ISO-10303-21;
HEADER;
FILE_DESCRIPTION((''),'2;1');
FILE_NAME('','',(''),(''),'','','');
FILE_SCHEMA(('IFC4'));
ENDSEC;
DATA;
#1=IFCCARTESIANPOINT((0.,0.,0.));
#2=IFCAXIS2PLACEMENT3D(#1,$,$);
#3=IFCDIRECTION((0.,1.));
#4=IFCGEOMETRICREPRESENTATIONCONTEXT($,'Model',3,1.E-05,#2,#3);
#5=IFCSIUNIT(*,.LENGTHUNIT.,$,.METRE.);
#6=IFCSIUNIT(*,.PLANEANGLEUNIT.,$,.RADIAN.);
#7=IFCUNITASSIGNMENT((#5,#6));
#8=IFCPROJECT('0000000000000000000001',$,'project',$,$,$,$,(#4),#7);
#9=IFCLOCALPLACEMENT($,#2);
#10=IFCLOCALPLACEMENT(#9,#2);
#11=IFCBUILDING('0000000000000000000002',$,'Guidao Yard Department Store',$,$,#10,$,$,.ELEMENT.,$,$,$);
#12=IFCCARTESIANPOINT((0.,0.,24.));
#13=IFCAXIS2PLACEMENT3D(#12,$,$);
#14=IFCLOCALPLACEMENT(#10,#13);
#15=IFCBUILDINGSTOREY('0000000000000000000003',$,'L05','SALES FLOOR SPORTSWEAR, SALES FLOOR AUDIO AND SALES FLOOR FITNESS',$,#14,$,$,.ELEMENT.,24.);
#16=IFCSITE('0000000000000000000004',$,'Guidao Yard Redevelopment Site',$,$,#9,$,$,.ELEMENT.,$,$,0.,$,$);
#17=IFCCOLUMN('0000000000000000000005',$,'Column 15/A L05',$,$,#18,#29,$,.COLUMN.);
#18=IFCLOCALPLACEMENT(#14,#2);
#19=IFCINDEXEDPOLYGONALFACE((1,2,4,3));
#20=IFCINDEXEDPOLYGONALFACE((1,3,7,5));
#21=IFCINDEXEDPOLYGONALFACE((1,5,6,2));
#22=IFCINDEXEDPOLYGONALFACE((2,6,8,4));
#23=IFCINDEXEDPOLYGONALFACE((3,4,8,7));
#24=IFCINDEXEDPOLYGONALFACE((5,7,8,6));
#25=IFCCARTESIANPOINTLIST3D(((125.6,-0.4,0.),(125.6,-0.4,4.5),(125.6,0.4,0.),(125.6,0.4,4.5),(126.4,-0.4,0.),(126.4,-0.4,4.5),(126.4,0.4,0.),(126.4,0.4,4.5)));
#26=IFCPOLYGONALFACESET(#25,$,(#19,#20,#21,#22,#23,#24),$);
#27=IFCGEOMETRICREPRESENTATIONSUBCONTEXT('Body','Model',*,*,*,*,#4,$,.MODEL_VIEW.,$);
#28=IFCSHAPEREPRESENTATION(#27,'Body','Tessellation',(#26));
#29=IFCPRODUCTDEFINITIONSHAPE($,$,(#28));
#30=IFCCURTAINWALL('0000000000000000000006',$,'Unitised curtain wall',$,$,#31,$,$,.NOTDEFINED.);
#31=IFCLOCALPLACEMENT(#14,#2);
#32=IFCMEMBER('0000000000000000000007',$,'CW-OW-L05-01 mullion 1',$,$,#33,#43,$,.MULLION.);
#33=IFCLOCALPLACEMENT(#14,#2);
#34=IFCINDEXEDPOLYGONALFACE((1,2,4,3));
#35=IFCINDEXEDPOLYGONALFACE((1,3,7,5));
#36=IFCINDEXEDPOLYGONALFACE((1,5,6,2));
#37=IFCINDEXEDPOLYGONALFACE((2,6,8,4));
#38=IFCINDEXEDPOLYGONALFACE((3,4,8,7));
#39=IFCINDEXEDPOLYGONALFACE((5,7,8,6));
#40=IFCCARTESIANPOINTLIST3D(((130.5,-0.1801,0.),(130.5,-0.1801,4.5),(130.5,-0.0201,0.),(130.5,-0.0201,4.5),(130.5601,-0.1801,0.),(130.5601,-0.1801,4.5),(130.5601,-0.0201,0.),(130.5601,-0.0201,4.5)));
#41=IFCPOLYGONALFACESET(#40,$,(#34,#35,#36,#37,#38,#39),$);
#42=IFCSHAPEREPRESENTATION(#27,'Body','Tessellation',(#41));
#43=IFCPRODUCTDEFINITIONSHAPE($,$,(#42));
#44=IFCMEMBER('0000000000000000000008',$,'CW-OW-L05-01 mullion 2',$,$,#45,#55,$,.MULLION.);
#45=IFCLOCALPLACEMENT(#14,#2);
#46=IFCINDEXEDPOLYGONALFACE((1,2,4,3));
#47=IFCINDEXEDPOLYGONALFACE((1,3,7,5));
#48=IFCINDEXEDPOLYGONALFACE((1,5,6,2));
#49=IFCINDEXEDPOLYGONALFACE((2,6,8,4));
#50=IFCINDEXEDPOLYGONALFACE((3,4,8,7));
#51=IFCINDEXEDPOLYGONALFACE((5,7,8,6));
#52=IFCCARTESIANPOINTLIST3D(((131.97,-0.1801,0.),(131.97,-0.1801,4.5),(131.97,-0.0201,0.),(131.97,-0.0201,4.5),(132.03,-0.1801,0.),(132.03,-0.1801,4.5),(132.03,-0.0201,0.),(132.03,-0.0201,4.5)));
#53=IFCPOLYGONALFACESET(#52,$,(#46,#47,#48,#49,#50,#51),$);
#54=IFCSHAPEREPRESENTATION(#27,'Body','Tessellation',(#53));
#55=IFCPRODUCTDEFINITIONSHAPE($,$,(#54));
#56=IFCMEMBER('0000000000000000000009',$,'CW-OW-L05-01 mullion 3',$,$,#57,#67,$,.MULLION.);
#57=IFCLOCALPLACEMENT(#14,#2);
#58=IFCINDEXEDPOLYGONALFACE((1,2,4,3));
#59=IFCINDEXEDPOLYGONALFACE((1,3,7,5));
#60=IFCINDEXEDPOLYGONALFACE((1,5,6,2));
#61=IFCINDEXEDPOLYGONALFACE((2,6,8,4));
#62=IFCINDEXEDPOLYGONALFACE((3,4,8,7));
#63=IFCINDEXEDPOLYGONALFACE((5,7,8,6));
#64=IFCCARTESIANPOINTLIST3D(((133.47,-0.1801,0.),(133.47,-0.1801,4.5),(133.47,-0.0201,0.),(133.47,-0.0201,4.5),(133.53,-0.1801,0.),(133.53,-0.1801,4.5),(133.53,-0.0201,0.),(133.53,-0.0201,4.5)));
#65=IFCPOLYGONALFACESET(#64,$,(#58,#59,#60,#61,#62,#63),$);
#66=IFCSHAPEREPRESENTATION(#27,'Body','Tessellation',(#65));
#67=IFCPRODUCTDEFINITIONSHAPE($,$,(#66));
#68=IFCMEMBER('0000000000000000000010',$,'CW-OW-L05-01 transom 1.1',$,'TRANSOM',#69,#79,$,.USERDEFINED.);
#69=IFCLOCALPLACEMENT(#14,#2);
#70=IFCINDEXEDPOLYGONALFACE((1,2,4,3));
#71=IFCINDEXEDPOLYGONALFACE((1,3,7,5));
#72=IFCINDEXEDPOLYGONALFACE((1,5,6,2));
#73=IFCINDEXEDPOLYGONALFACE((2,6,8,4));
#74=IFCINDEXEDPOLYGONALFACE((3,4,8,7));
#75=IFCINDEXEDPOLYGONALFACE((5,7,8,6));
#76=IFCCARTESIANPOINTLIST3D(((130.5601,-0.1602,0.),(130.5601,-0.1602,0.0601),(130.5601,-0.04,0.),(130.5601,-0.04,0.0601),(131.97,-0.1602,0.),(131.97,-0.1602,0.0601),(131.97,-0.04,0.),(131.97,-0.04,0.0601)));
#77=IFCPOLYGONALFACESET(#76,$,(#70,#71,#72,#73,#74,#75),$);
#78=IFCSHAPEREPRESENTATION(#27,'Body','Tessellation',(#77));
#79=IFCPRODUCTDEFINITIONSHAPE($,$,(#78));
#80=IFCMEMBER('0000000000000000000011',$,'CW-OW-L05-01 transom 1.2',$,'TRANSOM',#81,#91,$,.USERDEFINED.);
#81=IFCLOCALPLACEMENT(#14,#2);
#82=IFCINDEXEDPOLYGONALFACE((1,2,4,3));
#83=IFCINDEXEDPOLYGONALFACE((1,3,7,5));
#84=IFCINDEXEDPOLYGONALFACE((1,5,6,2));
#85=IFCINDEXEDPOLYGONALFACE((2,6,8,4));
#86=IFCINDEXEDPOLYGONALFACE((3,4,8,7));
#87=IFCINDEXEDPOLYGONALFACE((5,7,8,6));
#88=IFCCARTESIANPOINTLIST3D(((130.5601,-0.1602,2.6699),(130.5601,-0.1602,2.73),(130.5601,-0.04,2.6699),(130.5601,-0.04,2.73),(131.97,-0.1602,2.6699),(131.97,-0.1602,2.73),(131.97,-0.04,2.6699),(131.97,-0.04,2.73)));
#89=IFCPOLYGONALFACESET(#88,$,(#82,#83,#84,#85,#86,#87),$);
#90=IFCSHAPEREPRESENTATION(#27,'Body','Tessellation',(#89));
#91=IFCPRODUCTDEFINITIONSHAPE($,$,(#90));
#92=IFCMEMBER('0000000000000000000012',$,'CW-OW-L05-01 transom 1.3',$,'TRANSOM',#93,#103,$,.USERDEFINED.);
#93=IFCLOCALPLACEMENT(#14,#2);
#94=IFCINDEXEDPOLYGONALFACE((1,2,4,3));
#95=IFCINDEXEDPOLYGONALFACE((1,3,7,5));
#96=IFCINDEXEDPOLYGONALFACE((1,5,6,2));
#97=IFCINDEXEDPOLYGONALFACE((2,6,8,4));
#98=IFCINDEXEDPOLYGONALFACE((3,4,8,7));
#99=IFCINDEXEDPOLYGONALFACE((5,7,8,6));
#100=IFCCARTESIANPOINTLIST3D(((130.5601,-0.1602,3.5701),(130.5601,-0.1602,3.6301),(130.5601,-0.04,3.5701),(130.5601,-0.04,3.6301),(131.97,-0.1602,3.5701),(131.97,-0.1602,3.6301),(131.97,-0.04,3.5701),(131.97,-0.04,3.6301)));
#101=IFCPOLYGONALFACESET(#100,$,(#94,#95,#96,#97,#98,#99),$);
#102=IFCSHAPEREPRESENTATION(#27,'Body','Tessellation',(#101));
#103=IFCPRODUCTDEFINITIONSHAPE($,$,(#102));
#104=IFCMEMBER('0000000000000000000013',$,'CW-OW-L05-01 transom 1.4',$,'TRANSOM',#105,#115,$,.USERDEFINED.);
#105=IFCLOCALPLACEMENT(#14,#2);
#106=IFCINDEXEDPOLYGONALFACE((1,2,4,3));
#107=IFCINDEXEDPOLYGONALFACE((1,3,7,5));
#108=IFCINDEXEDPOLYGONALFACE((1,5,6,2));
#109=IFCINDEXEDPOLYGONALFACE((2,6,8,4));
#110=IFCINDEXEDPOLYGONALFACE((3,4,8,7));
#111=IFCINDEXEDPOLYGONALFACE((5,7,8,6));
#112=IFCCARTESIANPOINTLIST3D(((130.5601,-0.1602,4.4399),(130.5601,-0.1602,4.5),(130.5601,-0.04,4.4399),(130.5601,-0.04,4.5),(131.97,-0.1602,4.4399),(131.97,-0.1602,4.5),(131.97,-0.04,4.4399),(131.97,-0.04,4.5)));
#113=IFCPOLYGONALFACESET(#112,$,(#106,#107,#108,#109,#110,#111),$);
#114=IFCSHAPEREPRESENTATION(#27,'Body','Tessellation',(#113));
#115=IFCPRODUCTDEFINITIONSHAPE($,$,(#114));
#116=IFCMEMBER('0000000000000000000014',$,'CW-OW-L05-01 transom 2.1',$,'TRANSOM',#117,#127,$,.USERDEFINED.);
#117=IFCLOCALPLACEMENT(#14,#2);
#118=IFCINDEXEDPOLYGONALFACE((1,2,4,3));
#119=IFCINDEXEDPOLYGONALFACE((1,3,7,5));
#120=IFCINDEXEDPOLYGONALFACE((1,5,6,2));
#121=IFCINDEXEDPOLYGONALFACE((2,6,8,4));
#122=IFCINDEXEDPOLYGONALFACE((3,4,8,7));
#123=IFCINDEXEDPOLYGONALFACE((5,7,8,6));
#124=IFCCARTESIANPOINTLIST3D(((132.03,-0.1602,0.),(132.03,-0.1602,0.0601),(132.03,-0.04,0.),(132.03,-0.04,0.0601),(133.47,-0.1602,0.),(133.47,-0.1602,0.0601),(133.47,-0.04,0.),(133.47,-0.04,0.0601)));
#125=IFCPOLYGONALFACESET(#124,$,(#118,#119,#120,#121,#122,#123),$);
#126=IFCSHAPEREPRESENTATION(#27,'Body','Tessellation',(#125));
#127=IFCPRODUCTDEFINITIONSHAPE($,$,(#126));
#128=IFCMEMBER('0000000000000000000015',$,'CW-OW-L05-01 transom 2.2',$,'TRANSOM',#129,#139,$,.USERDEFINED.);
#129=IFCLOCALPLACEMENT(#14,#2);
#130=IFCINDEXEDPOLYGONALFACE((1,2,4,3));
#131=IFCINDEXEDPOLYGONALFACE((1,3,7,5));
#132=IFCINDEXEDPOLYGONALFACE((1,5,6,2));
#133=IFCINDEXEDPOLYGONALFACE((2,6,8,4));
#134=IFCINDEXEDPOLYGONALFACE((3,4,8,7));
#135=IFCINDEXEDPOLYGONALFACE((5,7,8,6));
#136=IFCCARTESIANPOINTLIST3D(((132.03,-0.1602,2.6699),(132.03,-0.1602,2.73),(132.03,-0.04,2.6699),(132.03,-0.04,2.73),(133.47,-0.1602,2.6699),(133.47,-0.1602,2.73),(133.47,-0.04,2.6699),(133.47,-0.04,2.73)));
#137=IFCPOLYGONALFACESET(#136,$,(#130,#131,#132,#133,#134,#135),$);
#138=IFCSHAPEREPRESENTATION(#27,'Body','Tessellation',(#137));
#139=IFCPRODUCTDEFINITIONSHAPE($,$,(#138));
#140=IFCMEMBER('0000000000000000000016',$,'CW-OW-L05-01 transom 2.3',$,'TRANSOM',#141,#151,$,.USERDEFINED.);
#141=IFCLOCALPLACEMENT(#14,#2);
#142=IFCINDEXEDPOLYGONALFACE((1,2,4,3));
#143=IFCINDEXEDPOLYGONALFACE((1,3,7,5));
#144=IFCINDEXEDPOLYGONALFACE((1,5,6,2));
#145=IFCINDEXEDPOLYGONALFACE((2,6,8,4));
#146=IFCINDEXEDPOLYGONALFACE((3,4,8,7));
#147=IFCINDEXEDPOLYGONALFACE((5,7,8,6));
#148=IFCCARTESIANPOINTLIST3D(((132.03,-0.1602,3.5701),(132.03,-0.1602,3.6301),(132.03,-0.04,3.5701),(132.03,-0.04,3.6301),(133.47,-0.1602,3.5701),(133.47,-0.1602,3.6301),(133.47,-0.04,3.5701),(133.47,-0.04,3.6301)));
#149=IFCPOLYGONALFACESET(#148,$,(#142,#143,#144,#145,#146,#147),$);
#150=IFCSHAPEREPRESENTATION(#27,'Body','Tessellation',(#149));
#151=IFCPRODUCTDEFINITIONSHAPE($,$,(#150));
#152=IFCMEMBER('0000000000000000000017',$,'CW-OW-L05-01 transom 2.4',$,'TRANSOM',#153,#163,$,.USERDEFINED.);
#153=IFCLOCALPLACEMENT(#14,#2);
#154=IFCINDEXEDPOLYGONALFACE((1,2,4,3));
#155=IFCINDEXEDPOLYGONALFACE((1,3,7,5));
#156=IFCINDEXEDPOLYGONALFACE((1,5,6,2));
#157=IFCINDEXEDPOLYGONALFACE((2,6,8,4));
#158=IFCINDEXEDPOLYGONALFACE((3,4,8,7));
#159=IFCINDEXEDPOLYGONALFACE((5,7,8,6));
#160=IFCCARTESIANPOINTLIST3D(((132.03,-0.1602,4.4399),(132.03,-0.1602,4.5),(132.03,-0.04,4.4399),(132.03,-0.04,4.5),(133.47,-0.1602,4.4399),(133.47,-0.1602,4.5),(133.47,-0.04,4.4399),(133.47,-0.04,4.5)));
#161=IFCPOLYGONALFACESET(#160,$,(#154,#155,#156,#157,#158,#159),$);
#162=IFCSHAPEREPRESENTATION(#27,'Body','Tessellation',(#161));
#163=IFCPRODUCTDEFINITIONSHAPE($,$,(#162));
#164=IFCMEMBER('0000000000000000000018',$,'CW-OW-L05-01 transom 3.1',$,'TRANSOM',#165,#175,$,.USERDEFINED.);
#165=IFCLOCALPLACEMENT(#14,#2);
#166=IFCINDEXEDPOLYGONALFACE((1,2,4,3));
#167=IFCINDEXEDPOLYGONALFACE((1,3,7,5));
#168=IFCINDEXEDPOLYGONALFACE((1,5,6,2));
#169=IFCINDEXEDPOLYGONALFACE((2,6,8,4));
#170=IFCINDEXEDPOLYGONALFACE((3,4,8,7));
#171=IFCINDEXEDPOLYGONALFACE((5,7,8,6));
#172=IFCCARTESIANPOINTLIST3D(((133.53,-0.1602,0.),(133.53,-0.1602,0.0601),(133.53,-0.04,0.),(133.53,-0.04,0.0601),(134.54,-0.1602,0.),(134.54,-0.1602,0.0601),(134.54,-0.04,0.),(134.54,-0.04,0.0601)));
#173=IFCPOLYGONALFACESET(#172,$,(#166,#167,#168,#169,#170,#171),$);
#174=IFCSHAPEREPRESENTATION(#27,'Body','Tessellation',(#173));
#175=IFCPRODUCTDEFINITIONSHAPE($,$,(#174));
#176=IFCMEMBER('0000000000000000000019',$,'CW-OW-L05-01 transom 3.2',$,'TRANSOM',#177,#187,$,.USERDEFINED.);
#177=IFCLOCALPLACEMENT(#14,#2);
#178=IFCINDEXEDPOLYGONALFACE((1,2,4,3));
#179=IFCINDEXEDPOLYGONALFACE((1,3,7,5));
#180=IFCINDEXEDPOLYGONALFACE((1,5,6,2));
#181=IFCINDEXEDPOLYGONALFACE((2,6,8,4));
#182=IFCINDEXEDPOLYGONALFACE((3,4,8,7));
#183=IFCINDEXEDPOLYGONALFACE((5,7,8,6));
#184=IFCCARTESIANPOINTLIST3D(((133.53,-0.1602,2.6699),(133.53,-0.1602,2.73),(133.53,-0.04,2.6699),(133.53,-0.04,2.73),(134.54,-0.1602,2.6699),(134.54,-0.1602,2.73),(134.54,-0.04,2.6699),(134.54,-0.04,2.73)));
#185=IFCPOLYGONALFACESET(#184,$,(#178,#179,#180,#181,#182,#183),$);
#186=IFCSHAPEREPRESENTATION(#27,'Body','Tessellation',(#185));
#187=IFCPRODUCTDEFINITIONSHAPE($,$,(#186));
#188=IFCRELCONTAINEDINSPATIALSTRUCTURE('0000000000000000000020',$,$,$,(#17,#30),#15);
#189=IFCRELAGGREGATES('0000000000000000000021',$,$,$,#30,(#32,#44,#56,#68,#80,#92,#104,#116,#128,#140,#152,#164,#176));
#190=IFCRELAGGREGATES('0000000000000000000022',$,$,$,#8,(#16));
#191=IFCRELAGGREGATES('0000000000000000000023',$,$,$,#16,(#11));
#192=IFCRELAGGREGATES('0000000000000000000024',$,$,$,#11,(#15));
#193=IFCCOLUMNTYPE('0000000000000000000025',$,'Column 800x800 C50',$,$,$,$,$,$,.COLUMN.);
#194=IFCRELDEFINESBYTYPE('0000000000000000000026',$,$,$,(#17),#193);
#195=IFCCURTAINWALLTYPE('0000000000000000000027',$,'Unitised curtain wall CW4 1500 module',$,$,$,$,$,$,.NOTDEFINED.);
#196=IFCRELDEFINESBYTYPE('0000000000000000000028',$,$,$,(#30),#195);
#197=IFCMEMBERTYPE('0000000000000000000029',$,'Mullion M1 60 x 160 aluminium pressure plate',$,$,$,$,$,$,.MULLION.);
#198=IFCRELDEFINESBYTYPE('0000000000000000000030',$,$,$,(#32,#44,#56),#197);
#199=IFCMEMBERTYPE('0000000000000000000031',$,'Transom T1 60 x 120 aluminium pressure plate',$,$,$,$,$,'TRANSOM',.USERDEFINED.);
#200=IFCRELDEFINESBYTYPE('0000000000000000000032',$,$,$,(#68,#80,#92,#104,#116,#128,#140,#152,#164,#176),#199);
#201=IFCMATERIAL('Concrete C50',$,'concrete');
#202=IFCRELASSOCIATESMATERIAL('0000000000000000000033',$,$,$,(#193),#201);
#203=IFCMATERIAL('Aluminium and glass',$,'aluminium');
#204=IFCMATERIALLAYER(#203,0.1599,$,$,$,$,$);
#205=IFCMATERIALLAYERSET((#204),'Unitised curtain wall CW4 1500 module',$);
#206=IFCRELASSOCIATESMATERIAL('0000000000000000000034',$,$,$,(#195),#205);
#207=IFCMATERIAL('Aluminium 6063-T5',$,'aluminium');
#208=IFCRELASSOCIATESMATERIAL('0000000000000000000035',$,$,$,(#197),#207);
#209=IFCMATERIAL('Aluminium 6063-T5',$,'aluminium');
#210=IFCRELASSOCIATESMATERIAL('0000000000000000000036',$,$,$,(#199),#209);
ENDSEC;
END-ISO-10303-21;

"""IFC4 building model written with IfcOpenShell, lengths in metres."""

from ifc_helpers import new_model, si_unit, direction, frame, origin, origin_2d, place, context, subcontext, project, spatial, rectangle, extrude, material, layer, layer_set, material_profile, profile_set, type_object, element, aggregate, save


model = new_model("IFC4")

# Units and contexts
model_context = context("Model", 3, precision=1e-05, world=origin(), true_north=direction((0.0, 1.0)))
body_context = subcontext(model_context, "Body", "Model", "MODEL_VIEW")
ifc_project = project(units=[si_unit("LENGTHUNIT", "METRE"), si_unit("PLANEANGLEUNIT", "RADIAN")], contexts=[model_context])

# Site, building, storey
site_placement = place(None, origin())
site = spatial("IfcSite", under=ifc_project, at=site_placement, Name="Guidao Yard Redevelopment Site", CompositionType="ELEMENT", RefElevation=0.0)
building_placement = place(site_placement, origin())
building = spatial("IfcBuilding", under=site, at=building_placement, Name="Guidao Yard Department Store", CompositionType="ELEMENT")
storey_placement = place(building_placement, frame((0.0, 0.0, 24.0)))
storey = spatial("IfcBuildingStorey", under=building, at=storey_placement, Name="L05", Description="SALES FLOOR SPORTSWEAR, SALES FLOOR AUDIO AND SALES FLOOR FITNESS", CompositionType="ELEMENT", Elevation=24.0)

# Column
ifc_material_1 = material(Name="Concrete C50", Category="concrete")
ifc_material_profile_1 = material_profile(ifc_material_1, rectangle(XDim=0.8, YDim=0.8, at=origin_2d()), Name="COL 800x800")
ifc_profile_set_1 = profile_set([ifc_material_profile_1], Name="Concrete C50")
column_type = type_object("IfcColumnType", Name="Column 800x800 C50", PredefinedType="COLUMN", material=ifc_profile_set_1)
column_placement = place(storey_placement, frame((126.0, 0.0, 0.0), z_axis=(0.0, 0.0, 1.0), x_axis=(1.0, 0.0, 0.0)))
element("IfcColumn", 1, at=column_placement, inside=storey, type_object=column_type, Name="Column 15/A L05", PredefinedType="COLUMN", context=body_context, shape_type="SweptSolid", body=[
    extrude(rectangle(XDim=0.8, YDim=0.8, at=origin_2d()), origin(), (0.0, 0.0, 1.0), 4.5),
])

# Curtain wall, members
ifc_material_2 = material(Name="Aluminium and glass", Category="aluminium")
ifc_layer_1 = layer(ifc_material_2, 0.1599)
ifc_layer_set_1 = layer_set([ifc_layer_1], Name="Unitised curtain wall CW4 1500 module")
curtain_wall_type = type_object("IfcCurtainWallType", Name="Unitised curtain wall CW4 1500 module", PredefinedType="NOTDEFINED", material=ifc_layer_set_1)
curtain_wall_placement = place(storey_placement, origin())
curtain_wall = element("IfcCurtainWall", 2, at=curtain_wall_placement, inside=storey, type_object=curtain_wall_type, Name="Unitised curtain wall", PredefinedType="NOTDEFINED")
ifc_material_3 = material(Name="Aluminium 6063-T5", Category="aluminium")
ifc_material_profile_2 = material_profile(ifc_material_3, rectangle(XDim=0.0601, YDim=0.1599, at=origin_2d()), Name="Mullion M1 60 x 160 aluminium pressure plate")
ifc_profile_set_2 = profile_set([ifc_material_profile_2], Name="Aluminium 6063-T5")
member_type_1 = type_object("IfcMemberType", Name="Mullion M1 60 x 160 aluminium pressure plate", PredefinedType="MULLION", material=ifc_profile_set_2)
member_1_placement = place(storey_placement, frame((130.53, -0.1001, 0.0), z_axis=(0.0, 0.0, 1.0), x_axis=(-1.0, 0.0, 0.0)))
member_1 = element("IfcMember", 3, at=member_1_placement, type_object=member_type_1, Name="CW-OW-L05-01 mullion 1", PredefinedType="MULLION", context=body_context, shape_type="SweptSolid", body=[
    extrude(rectangle(XDim=0.0601, YDim=0.1599, at=origin_2d()), origin(), (0.0, 0.0, 1.0), 4.5),
])
member_2_placement = place(storey_placement, frame((132.0, -0.1001, 0.0), z_axis=(0.0, 0.0, 1.0), x_axis=(-1.0, 0.0, 0.0)))
member_2 = element("IfcMember", 4, at=member_2_placement, type_object=member_type_1, Name="CW-OW-L05-01 mullion 2", PredefinedType="MULLION", context=body_context, shape_type="SweptSolid", body=[
    extrude(rectangle(XDim=0.0601, YDim=0.1599, at=origin_2d()), origin(), (0.0, 0.0, 1.0), 4.5),
])
member_3_placement = place(storey_placement, frame((133.5, -0.1001, 0.0), z_axis=(0.0, 0.0, 1.0), x_axis=(-1.0, 0.0, 0.0)))
member_3 = element("IfcMember", 5, at=member_3_placement, type_object=member_type_1, Name="CW-OW-L05-01 mullion 3", PredefinedType="MULLION", context=body_context, shape_type="SweptSolid", body=[
    extrude(rectangle(XDim=0.0601, YDim=0.1599, at=origin_2d()), origin(), (0.0, 0.0, 1.0), 4.5),
])
ifc_material_4 = material(Name="Aluminium 6063-T5", Category="aluminium")
ifc_material_profile_3 = material_profile(ifc_material_4, rectangle(XDim=0.1201, YDim=0.0601, at=origin_2d()), Name="Transom T1 60 x 120 aluminium pressure plate")
ifc_profile_set_3 = profile_set([ifc_material_profile_3], Name="Aluminium 6063-T5")
member_type_2 = type_object("IfcMemberType", Name="Transom T1 60 x 120 aluminium pressure plate", ElementType="TRANSOM", PredefinedType="USERDEFINED", material=ifc_profile_set_3)
member_4_placement = place(storey_placement, frame((131.97, -0.1001, 0.03), z_axis=(-1.0, 0.0, 0.0), x_axis=(0.0, -1.0, 0.0)))
member_4 = element("IfcMember", 6, at=member_4_placement, type_object=member_type_2, Name="CW-OW-L05-01 transom 1.1", ObjectType="TRANSOM", PredefinedType="USERDEFINED", context=body_context, shape_type="SweptSolid", body=[
    extrude(rectangle(XDim=0.1201, YDim=0.0601, at=origin_2d()), origin(), (0.0, 0.0, 1.0), 1.4099),
])
member_5_placement = place(storey_placement, frame((131.97, -0.1001, 2.7), z_axis=(-1.0, 0.0, 0.0), x_axis=(0.0, -1.0, 0.0)))
member_5 = element("IfcMember", 7, at=member_5_placement, type_object=member_type_2, Name="CW-OW-L05-01 transom 1.2", ObjectType="TRANSOM", PredefinedType="USERDEFINED", context=body_context, shape_type="SweptSolid", body=[
    extrude(rectangle(XDim=0.1201, YDim=0.0601, at=origin_2d()), origin(), (0.0, 0.0, 1.0), 1.4099),
])
member_6_placement = place(storey_placement, frame((131.97, -0.1001, 3.6001), z_axis=(-1.0, 0.0, 0.0), x_axis=(0.0, -1.0, 0.0)))
member_6 = element("IfcMember", 8, at=member_6_placement, type_object=member_type_2, Name="CW-OW-L05-01 transom 1.3", ObjectType="TRANSOM", PredefinedType="USERDEFINED", context=body_context, shape_type="SweptSolid", body=[
    extrude(rectangle(XDim=0.1201, YDim=0.0601, at=origin_2d()), origin(), (0.0, 0.0, 1.0), 1.4099),
])
member_7_placement = place(storey_placement, frame((131.97, -0.1001, 4.47), z_axis=(-1.0, 0.0, 0.0), x_axis=(0.0, -1.0, 0.0)))
member_7 = element("IfcMember", 9, at=member_7_placement, type_object=member_type_2, Name="CW-OW-L05-01 transom 1.4", ObjectType="TRANSOM", PredefinedType="USERDEFINED", context=body_context, shape_type="SweptSolid", body=[
    extrude(rectangle(XDim=0.1201, YDim=0.0601, at=origin_2d()), origin(), (0.0, 0.0, 1.0), 1.4099),
])
member_8_placement = place(storey_placement, frame((133.47, -0.1001, 0.03), z_axis=(-1.0, 0.0, 0.0), x_axis=(0.0, -1.0, 0.0)))
member_8 = element("IfcMember", 10, at=member_8_placement, type_object=member_type_2, Name="CW-OW-L05-01 transom 2.1", ObjectType="TRANSOM", PredefinedType="USERDEFINED", context=body_context, shape_type="SweptSolid", body=[
    extrude(rectangle(XDim=0.1201, YDim=0.0601, at=origin_2d()), origin(), (0.0, 0.0, 1.0), 1.4399),
])
member_9_placement = place(storey_placement, frame((133.47, -0.1001, 2.7), z_axis=(-1.0, 0.0, 0.0), x_axis=(0.0, -1.0, 0.0)))
member_9 = element("IfcMember", 11, at=member_9_placement, type_object=member_type_2, Name="CW-OW-L05-01 transom 2.2", ObjectType="TRANSOM", PredefinedType="USERDEFINED", context=body_context, shape_type="SweptSolid", body=[
    extrude(rectangle(XDim=0.1201, YDim=0.0601, at=origin_2d()), origin(), (0.0, 0.0, 1.0), 1.4399),
])
member_10_placement = place(storey_placement, frame((133.47, -0.1001, 3.6001), z_axis=(-1.0, 0.0, 0.0), x_axis=(0.0, -1.0, 0.0)))
member_10 = element("IfcMember", 12, at=member_10_placement, type_object=member_type_2, Name="CW-OW-L05-01 transom 2.3", ObjectType="TRANSOM", PredefinedType="USERDEFINED", context=body_context, shape_type="SweptSolid", body=[
    extrude(rectangle(XDim=0.1201, YDim=0.0601, at=origin_2d()), origin(), (0.0, 0.0, 1.0), 1.4399),
])
member_11_placement = place(storey_placement, frame((133.47, -0.1001, 4.47), z_axis=(-1.0, 0.0, 0.0), x_axis=(0.0, -1.0, 0.0)))
member_11 = element("IfcMember", 13, at=member_11_placement, type_object=member_type_2, Name="CW-OW-L05-01 transom 2.4", ObjectType="TRANSOM", PredefinedType="USERDEFINED", context=body_context, shape_type="SweptSolid", body=[
    extrude(rectangle(XDim=0.1201, YDim=0.0601, at=origin_2d()), origin(), (0.0, 0.0, 1.0), 1.4399),
])
member_12_placement = place(storey_placement, frame((134.54, -0.1001, 0.03), z_axis=(-1.0, 0.0, 0.0), x_axis=(0.0, -1.0, 0.0)))
member_12 = element("IfcMember", 14, at=member_12_placement, type_object=member_type_2, Name="CW-OW-L05-01 transom 3.1", ObjectType="TRANSOM", PredefinedType="USERDEFINED", context=body_context, shape_type="SweptSolid", body=[
    extrude(rectangle(XDim=0.1201, YDim=0.0601, at=origin_2d()), origin(), (0.0, 0.0, 1.0), 1.01),
])
member_13_placement = place(storey_placement, frame((134.54, -0.1001, 2.7), z_axis=(-1.0, 0.0, 0.0), x_axis=(0.0, -1.0, 0.0)))
member_13 = element("IfcMember", 15, at=member_13_placement, type_object=member_type_2, Name="CW-OW-L05-01 transom 3.2", ObjectType="TRANSOM", PredefinedType="USERDEFINED", context=body_context, shape_type="SweptSolid", body=[
    extrude(rectangle(XDim=0.1201, YDim=0.0601, at=origin_2d()), origin(), (0.0, 0.0, 1.0), 1.01),
])
aggregate(curtain_wall, [member_1, member_2, member_3, member_4, member_5, member_6, member_7, member_8, member_9, member_10, member_11, member_12, member_13])

save(model, "model.ifc")
